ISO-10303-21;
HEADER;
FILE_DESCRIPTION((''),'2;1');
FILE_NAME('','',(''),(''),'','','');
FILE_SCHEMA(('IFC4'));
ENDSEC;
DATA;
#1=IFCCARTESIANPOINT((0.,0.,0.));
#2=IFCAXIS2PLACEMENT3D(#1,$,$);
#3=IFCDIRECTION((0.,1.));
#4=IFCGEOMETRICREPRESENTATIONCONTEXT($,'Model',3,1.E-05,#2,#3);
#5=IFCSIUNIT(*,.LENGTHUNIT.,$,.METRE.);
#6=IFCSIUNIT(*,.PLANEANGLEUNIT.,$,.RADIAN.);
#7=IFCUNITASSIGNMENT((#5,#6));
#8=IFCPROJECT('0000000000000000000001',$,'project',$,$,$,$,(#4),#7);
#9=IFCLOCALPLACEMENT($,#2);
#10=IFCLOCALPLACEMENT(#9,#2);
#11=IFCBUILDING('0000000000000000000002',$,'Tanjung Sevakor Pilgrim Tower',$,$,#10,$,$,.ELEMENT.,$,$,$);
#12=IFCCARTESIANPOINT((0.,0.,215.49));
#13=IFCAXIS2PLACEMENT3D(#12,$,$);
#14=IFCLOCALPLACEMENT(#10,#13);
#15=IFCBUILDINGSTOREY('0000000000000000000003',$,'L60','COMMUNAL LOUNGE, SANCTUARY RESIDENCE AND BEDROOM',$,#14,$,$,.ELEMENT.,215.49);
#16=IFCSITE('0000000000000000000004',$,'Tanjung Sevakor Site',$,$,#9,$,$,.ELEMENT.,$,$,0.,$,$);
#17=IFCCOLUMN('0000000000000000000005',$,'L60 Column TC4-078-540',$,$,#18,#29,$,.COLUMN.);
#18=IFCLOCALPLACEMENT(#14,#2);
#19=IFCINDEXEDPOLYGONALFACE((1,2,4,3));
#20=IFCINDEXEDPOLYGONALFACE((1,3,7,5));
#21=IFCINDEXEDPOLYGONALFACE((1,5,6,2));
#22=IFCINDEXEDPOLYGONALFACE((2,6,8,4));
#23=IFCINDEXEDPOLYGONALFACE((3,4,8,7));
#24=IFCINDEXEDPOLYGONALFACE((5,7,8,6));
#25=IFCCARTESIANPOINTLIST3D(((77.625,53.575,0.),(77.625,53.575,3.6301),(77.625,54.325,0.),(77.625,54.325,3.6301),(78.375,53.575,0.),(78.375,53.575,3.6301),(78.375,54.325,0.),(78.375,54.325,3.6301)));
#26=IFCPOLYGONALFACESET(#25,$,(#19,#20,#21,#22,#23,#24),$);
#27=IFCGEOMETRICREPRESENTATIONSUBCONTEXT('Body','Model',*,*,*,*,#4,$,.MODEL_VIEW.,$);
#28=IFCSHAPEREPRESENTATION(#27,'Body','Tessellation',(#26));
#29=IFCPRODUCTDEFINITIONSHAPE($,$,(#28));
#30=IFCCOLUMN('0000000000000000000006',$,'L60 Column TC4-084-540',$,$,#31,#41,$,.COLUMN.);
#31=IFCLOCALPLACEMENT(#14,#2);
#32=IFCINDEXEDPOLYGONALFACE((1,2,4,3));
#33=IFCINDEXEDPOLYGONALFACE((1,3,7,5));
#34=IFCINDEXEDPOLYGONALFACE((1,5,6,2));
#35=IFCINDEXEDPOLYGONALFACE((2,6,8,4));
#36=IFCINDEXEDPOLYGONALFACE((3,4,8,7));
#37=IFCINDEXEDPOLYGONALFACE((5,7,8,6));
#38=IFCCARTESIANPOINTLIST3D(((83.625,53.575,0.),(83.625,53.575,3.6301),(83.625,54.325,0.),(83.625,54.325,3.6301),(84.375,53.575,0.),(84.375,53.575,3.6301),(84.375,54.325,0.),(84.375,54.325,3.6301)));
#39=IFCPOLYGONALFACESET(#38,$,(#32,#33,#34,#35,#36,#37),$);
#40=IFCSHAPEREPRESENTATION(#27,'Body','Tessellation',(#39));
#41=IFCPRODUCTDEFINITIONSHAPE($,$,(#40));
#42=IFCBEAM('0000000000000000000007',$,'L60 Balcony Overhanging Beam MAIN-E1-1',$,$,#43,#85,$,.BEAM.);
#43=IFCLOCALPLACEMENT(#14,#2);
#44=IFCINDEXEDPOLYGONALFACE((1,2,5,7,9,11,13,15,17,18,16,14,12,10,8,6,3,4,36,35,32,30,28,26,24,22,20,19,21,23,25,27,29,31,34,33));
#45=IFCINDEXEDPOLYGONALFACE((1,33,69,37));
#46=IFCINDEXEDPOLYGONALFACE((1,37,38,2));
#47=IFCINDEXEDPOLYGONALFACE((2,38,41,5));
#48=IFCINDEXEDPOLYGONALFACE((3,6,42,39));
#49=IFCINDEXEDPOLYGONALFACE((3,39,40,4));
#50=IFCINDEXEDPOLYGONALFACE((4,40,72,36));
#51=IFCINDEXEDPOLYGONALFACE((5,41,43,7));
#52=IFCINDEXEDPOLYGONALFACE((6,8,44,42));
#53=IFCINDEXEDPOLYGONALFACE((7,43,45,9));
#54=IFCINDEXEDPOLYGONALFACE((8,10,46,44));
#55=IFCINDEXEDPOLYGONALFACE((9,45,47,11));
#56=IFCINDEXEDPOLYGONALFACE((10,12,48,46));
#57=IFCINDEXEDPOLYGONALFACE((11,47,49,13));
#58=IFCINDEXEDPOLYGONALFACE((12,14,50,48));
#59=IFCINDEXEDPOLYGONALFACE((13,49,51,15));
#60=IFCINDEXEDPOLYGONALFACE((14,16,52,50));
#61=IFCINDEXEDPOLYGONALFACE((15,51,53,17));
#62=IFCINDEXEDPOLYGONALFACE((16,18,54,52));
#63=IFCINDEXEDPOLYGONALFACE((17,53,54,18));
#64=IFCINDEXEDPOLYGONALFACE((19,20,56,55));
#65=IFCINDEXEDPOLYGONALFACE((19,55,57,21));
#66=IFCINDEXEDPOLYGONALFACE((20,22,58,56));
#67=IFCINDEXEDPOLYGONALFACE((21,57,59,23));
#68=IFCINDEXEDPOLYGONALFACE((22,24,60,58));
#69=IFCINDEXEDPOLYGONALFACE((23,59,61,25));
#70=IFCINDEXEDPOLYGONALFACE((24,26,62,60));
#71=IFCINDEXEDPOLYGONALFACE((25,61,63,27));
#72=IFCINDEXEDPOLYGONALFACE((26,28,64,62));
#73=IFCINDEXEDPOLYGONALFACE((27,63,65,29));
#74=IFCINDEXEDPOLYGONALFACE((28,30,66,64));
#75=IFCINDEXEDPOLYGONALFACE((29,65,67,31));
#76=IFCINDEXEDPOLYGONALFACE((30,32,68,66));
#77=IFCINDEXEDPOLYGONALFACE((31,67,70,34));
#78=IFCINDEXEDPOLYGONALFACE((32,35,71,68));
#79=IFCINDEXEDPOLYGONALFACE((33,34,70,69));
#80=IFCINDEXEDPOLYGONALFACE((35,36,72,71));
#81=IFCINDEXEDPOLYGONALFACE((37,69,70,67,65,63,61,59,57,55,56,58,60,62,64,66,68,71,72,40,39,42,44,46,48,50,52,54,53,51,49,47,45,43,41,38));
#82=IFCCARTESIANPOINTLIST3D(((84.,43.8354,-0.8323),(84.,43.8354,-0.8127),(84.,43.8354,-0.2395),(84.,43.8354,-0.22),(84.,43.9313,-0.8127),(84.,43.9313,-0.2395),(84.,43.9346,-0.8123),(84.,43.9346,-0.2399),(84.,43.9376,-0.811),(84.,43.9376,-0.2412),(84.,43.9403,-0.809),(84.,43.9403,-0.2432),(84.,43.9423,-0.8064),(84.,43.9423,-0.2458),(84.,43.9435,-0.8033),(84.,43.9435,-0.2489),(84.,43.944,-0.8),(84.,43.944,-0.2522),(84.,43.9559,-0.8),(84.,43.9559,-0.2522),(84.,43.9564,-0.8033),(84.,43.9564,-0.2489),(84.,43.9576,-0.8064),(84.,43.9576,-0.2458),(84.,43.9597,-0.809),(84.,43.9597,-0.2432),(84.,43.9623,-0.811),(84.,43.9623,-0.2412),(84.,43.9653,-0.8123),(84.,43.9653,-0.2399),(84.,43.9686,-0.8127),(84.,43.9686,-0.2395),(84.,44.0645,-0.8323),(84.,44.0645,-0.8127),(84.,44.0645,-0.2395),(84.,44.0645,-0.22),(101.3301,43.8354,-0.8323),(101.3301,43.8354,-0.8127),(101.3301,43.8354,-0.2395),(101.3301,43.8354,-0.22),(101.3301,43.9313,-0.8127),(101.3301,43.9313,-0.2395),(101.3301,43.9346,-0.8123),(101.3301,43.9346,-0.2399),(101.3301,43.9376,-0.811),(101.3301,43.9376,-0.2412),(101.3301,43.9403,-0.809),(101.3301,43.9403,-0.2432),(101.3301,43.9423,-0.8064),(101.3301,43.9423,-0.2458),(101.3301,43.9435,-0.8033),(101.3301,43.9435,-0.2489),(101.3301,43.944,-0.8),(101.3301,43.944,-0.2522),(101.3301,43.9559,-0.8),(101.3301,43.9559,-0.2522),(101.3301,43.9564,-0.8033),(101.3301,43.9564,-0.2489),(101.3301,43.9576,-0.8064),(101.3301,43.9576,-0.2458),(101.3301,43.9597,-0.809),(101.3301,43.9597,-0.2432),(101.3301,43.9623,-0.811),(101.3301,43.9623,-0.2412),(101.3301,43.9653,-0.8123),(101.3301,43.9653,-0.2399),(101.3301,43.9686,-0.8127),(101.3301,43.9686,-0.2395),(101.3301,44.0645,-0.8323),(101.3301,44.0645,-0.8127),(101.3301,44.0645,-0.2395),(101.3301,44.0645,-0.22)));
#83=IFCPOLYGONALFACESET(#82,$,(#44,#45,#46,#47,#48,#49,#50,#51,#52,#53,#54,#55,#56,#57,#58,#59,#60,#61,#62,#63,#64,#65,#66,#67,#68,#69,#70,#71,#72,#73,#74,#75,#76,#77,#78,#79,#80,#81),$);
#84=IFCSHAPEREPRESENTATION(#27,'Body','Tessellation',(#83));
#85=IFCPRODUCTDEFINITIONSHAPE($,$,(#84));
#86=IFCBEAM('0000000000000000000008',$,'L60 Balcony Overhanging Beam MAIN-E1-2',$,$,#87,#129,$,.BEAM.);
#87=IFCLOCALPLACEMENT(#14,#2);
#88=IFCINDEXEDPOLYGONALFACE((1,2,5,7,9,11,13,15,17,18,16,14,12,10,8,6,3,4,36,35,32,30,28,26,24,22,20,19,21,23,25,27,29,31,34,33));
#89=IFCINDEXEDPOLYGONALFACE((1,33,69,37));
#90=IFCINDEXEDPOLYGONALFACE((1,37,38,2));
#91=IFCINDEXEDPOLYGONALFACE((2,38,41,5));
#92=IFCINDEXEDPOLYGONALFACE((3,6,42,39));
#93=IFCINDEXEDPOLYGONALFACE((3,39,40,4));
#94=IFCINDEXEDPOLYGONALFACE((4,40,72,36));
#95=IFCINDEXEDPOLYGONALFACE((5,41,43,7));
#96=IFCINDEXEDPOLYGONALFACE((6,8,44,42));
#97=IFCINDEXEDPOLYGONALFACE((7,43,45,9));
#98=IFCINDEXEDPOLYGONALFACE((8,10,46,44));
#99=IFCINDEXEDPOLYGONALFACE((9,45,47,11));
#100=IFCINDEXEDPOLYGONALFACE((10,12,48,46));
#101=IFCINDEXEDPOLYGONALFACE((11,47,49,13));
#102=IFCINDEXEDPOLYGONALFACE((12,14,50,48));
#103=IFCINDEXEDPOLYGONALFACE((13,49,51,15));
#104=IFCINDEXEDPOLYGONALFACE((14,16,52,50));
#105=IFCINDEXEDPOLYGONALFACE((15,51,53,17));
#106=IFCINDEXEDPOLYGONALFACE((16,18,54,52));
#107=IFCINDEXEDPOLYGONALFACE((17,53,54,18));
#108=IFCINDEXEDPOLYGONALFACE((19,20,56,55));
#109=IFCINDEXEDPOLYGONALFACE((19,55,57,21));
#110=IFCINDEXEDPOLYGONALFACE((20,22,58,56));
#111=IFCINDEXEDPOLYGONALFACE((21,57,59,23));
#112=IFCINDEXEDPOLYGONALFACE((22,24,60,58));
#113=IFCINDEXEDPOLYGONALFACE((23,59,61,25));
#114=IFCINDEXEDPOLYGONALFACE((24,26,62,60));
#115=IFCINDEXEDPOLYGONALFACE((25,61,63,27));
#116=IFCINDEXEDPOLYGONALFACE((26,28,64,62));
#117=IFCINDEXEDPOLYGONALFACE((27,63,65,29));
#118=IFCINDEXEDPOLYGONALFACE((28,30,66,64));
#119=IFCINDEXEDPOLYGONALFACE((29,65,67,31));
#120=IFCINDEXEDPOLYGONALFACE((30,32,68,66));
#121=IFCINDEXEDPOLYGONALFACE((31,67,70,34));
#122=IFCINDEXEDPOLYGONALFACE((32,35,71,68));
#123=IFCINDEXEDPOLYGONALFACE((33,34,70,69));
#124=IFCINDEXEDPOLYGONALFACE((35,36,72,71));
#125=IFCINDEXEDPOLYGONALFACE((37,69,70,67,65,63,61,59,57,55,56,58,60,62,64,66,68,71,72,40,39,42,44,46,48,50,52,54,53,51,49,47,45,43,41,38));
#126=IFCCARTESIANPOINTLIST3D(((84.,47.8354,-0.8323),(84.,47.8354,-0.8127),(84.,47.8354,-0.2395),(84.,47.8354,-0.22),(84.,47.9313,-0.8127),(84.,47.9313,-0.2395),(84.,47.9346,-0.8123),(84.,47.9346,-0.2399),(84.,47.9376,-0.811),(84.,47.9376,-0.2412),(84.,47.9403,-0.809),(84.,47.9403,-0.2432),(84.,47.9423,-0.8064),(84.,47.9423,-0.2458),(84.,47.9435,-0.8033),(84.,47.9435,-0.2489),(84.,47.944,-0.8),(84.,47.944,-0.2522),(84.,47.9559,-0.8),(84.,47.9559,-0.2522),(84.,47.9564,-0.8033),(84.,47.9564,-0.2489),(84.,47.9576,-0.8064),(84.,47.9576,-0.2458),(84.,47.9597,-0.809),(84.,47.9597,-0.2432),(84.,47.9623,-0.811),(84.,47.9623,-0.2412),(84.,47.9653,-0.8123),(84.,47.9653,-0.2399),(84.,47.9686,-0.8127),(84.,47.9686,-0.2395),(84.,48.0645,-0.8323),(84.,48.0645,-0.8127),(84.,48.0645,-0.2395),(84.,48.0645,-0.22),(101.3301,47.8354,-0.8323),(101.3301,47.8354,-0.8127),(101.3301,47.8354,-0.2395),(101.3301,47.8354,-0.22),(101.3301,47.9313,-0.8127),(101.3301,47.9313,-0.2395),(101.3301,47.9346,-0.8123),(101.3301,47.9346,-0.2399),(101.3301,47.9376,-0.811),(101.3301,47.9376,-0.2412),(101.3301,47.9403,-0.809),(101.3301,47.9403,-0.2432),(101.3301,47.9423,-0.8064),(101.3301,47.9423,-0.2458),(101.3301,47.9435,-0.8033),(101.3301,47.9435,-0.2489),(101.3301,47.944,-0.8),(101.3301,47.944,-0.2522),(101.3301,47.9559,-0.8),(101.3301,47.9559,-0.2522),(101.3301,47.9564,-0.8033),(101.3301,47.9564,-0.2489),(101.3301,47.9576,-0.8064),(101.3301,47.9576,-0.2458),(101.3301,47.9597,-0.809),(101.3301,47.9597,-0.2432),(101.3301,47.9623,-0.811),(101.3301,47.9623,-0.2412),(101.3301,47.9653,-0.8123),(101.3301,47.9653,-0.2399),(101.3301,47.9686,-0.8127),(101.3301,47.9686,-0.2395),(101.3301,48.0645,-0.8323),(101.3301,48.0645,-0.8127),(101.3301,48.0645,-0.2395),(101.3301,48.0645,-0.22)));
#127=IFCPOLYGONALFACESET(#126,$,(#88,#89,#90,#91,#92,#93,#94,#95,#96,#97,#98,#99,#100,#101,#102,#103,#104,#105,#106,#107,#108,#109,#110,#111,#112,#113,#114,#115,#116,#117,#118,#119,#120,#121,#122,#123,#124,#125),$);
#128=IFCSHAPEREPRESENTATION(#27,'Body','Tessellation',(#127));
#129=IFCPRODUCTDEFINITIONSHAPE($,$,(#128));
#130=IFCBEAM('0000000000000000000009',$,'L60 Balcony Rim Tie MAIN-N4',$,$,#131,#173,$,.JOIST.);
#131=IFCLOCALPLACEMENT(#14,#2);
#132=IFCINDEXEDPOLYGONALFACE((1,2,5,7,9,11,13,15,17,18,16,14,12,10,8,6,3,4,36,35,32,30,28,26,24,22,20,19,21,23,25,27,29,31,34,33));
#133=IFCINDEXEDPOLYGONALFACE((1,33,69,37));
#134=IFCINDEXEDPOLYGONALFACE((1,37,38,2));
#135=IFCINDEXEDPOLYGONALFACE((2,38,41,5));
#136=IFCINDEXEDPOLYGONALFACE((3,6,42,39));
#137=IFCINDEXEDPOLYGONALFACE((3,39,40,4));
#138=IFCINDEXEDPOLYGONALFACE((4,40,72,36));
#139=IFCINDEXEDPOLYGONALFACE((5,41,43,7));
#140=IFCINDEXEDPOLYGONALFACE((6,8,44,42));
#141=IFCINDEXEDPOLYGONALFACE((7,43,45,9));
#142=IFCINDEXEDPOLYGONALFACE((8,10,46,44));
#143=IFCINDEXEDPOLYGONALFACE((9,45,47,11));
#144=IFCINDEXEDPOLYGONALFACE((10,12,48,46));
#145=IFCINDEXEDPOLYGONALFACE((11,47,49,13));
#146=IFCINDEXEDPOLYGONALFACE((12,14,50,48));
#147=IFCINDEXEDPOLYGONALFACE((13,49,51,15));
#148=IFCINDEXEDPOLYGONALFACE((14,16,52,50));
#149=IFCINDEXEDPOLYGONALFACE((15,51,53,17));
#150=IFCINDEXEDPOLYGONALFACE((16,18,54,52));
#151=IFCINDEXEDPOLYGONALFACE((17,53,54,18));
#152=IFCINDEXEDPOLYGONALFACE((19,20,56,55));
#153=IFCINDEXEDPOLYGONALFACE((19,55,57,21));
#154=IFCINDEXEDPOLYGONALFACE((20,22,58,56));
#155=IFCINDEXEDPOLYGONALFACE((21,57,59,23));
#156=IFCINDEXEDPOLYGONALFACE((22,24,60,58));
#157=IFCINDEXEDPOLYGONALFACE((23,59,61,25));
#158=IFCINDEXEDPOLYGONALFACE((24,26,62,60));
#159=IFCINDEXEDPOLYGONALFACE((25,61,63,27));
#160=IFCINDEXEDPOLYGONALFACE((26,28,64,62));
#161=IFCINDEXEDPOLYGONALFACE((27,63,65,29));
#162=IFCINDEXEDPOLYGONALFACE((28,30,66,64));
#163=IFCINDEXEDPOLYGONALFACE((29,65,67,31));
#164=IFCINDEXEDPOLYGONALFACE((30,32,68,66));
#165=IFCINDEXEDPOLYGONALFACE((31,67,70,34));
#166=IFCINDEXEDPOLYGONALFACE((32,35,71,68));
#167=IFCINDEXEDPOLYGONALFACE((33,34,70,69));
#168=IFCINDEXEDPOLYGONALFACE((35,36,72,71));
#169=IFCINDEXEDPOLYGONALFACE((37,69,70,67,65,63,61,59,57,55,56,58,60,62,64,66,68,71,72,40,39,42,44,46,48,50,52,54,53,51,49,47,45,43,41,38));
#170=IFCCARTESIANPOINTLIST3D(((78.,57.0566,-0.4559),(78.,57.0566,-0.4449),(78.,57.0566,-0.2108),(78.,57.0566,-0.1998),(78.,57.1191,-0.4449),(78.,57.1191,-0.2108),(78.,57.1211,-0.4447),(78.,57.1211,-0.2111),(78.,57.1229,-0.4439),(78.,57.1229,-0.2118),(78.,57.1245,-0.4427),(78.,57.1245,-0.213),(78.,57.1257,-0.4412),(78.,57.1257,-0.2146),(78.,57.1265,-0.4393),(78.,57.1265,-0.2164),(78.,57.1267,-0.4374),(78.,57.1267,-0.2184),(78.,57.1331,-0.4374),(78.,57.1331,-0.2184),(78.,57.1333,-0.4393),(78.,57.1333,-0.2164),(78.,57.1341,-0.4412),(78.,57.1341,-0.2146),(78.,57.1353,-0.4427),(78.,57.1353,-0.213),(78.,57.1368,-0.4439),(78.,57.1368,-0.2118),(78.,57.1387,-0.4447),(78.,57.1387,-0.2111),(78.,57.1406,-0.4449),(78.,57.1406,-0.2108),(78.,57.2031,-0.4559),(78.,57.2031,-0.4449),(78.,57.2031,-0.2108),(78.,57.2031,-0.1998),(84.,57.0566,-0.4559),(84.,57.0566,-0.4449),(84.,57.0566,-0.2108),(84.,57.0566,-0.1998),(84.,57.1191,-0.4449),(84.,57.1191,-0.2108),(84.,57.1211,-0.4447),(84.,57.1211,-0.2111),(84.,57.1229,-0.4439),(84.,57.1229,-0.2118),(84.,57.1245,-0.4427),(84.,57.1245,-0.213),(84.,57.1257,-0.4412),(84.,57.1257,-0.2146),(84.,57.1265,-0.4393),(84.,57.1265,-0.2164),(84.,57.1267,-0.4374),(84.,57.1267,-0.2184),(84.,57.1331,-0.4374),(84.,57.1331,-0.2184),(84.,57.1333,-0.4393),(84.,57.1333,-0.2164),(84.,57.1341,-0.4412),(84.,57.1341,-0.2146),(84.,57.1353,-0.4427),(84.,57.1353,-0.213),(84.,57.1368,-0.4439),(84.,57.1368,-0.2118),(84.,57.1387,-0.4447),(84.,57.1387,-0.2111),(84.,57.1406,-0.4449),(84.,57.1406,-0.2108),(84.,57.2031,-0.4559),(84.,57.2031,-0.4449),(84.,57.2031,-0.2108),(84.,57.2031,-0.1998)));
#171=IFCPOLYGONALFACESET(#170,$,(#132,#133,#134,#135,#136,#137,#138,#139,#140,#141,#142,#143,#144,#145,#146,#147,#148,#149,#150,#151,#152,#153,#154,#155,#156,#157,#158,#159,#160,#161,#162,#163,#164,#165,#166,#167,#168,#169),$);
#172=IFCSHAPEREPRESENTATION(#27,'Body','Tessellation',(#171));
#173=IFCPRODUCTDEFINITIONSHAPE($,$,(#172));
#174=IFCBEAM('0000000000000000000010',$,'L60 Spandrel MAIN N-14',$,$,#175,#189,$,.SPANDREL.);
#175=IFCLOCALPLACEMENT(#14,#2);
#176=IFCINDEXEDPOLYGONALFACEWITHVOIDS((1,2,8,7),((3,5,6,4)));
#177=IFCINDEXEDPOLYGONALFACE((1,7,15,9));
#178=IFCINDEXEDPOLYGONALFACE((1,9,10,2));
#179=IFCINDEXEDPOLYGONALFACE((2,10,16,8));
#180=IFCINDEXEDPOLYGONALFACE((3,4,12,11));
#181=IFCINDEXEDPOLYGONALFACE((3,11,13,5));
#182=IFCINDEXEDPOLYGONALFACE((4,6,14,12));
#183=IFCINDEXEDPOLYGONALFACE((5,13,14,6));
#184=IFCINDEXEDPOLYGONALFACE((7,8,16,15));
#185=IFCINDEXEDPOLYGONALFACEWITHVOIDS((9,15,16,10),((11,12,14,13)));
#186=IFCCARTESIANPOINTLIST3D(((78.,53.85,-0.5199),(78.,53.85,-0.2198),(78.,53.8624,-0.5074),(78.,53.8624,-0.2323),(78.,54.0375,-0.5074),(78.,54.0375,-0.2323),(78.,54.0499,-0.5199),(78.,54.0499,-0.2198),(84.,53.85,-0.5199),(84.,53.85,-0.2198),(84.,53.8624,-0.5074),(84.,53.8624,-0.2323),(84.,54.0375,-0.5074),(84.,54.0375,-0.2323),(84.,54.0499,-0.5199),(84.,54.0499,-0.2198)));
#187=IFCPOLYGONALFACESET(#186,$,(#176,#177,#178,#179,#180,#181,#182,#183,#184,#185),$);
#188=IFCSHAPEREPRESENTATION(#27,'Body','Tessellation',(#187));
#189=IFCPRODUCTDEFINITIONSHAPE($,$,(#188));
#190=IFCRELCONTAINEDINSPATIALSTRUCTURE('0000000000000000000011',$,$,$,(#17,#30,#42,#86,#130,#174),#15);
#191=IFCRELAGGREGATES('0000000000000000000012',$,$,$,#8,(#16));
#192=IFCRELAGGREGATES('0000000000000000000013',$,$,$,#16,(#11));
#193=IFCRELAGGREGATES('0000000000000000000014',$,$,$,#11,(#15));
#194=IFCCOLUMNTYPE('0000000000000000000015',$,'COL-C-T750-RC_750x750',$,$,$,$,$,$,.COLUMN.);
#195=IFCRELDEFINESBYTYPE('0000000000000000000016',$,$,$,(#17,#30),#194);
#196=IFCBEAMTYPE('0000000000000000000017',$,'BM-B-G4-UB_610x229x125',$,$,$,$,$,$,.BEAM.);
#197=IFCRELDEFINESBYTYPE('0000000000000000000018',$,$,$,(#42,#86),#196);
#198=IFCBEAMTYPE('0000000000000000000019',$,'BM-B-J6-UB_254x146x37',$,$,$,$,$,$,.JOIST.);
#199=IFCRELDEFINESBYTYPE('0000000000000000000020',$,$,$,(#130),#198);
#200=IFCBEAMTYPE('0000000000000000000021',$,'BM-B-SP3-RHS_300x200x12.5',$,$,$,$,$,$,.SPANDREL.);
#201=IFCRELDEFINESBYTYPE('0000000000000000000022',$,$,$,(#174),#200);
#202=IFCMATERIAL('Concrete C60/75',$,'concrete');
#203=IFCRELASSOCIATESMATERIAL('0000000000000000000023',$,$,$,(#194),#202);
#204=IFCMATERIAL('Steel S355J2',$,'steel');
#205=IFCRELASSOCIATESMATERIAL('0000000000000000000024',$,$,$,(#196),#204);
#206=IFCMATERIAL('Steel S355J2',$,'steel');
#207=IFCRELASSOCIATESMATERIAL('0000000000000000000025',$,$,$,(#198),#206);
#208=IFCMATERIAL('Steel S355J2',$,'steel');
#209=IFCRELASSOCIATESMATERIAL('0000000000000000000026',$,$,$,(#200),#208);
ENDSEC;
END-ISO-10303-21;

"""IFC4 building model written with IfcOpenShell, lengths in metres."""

from ifc_helpers import new_model, si_unit, direction, frame, origin, origin_2d, place, context, subcontext, project, spatial, rectangle, hollow_rectangle, i_section, extrude, material, material_profile, profile_set, type_object, element, save


model = new_model("IFC4")

# Units and contexts
model_context = context("Model", 3, precision=1e-05, world=origin(), true_north=direction((0.0, 1.0)))
body_context = subcontext(model_context, "Body", "Model", "MODEL_VIEW")
ifc_project = project(units=[si_unit("LENGTHUNIT", "METRE"), si_unit("PLANEANGLEUNIT", "RADIAN")], contexts=[model_context])

# Site, building, storey
site_placement = place(None, origin())
site = spatial("IfcSite", under=ifc_project, at=site_placement, Name="Tanjung Sevakor Site", CompositionType="ELEMENT", RefElevation=0.0)
building_placement = place(site_placement, origin())
building = spatial("IfcBuilding", under=site, at=building_placement, Name="Tanjung Sevakor Pilgrim Tower", CompositionType="ELEMENT")
storey_placement = place(building_placement, frame((0.0, 0.0, 215.49)))
storey = spatial("IfcBuildingStorey", under=building, at=storey_placement, Name="L60", Description="COMMUNAL LOUNGE, SANCTUARY RESIDENCE AND BEDROOM", CompositionType="ELEMENT", Elevation=215.49)

# Columns
ifc_material_1 = material(Name="Concrete C60/75", Category="concrete")
ifc_material_profile_1 = material_profile(ifc_material_1, rectangle(XDim=0.75, YDim=0.75, at=origin_2d()))
ifc_profile_set_1 = profile_set([ifc_material_profile_1], Name="Concrete C60/75")
column_type = type_object("IfcColumnType", Name="COL-C-T750-RC_750x750", PredefinedType="COLUMN", material=ifc_profile_set_1)
for number, where, z_axis, x_axis, name in (
    (1, (78.0, 53.95, 0.0), (0.0, 0.0, 1.0), (1.0, 0.0, 0.0), "L60 Column TC4-078-540"),
    (2, (84.0, 53.95, 0.0), (0.0, 0.0, 1.0), (1.0, 0.0, 0.0), "L60 Column TC4-084-540"),
):
    element("IfcColumn", number, at=place(storey_placement, frame(where, z_axis=z_axis, x_axis=x_axis)), inside=storey, type_object=column_type, Name=name, PredefinedType="COLUMN", context=body_context, shape_type="SweptSolid", body=[
        extrude(rectangle(XDim=0.75, YDim=0.75, at=origin_2d()), origin(), (0.0, 0.0, 1.0), 3.6301),
    ])

# Beams
ifc_material_2 = material(Name="Steel S355J2", Category="steel")
ifc_material_profile_2 = material_profile(ifc_material_2, i_section(OverallWidth=0.229, OverallDepth=0.6123, WebThickness=0.012, FlangeThickness=0.0195, FilletRadius=0.0127, at=origin_2d()))
ifc_profile_set_2 = profile_set([ifc_material_profile_2], Name="Steel S355J2")
beam_type_1 = type_object("IfcBeamType", Name="BM-B-G4-UB_610x229x125", PredefinedType="BEAM", material=ifc_profile_set_2)
for number, where, z_axis, x_axis, name in (
    (3, (84.0, 43.95, -0.5261), (1.0, 0.0, 0.0), (0.0, 1.0, 0.0), "L60 Balcony Overhanging Beam MAIN-E1-1"),
    (4, (84.0, 47.95, -0.5261), (1.0, 0.0, 0.0), (0.0, 1.0, 0.0), "L60 Balcony Overhanging Beam MAIN-E1-2"),
):
    element("IfcBeam", number, at=place(storey_placement, frame(where, z_axis=z_axis, x_axis=x_axis)), inside=storey, type_object=beam_type_1, Name=name, PredefinedType="BEAM", context=body_context, shape_type="SweptSolid", body=[
        extrude(i_section(OverallWidth=0.229, OverallDepth=0.6123, WebThickness=0.012, FlangeThickness=0.0195, FilletRadius=0.0127, at=origin_2d()), origin(), (0.0, 0.0, 1.0), 17.3301),
    ])
ifc_material_3 = material(Name="Steel S355J2", Category="steel")
ifc_material_profile_3 = material_profile(ifc_material_3, i_section(OverallWidth=0.1465, OverallDepth=0.2561, WebThickness=0.0063, FlangeThickness=0.011, FilletRadius=0.0076, at=origin_2d()))
ifc_profile_set_3 = profile_set([ifc_material_profile_3], Name="Steel S355J2")
beam_type_2 = type_object("IfcBeamType", Name="BM-B-J6-UB_254x146x37", PredefinedType="JOIST", material=ifc_profile_set_3)
beam_placement = place(storey_placement, frame((78.0, 57.1299, -0.3279), z_axis=(1.0, 0.0, 0.0), x_axis=(0.0, 1.0, 0.0)))
element("IfcBeam", 5, at=beam_placement, inside=storey, type_object=beam_type_2, Name="L60 Balcony Rim Tie MAIN-N4", PredefinedType="JOIST", context=body_context, shape_type="SweptSolid", body=[
    extrude(i_section(OverallWidth=0.1465, OverallDepth=0.2561, WebThickness=0.0063, FlangeThickness=0.011, FilletRadius=0.0076, at=origin_2d()), origin(), (0.0, 0.0, 1.0), 6.0),
])
ifc_material_4 = material(Name="Steel S355J2", Category="steel")
ifc_material_profile_4 = material_profile(ifc_material_4, hollow_rectangle(XDim=0.2, YDim=0.3, WallThickness=0.0125, at=origin_2d()))
ifc_profile_set_4 = profile_set([ifc_material_profile_4], Name="Steel S355J2")
beam_type_3 = type_object("IfcBeamType", Name="BM-B-SP3-RHS_300x200x12.5", PredefinedType="SPANDREL", material=ifc_profile_set_4)
for number, where, z_axis, x_axis, name in (
    (6, (78.0, 53.95, -0.3699), (1.0, 0.0, 0.0), (0.0, 1.0, 0.0), "L60 Spandrel MAIN N-14"),
):
    element("IfcBeam", number, at=place(storey_placement, frame(where, z_axis=z_axis, x_axis=x_axis)), inside=storey, type_object=beam_type_3, Name=name, PredefinedType="SPANDREL", context=body_context, shape_type="SweptSolid", body=[
        extrude(hollow_rectangle(XDim=0.2, YDim=0.3, WallThickness=0.0125, at=origin_2d()), origin(), (0.0, 0.0, 1.0), 6.0),
    ])

save(model, "model.ifc")
